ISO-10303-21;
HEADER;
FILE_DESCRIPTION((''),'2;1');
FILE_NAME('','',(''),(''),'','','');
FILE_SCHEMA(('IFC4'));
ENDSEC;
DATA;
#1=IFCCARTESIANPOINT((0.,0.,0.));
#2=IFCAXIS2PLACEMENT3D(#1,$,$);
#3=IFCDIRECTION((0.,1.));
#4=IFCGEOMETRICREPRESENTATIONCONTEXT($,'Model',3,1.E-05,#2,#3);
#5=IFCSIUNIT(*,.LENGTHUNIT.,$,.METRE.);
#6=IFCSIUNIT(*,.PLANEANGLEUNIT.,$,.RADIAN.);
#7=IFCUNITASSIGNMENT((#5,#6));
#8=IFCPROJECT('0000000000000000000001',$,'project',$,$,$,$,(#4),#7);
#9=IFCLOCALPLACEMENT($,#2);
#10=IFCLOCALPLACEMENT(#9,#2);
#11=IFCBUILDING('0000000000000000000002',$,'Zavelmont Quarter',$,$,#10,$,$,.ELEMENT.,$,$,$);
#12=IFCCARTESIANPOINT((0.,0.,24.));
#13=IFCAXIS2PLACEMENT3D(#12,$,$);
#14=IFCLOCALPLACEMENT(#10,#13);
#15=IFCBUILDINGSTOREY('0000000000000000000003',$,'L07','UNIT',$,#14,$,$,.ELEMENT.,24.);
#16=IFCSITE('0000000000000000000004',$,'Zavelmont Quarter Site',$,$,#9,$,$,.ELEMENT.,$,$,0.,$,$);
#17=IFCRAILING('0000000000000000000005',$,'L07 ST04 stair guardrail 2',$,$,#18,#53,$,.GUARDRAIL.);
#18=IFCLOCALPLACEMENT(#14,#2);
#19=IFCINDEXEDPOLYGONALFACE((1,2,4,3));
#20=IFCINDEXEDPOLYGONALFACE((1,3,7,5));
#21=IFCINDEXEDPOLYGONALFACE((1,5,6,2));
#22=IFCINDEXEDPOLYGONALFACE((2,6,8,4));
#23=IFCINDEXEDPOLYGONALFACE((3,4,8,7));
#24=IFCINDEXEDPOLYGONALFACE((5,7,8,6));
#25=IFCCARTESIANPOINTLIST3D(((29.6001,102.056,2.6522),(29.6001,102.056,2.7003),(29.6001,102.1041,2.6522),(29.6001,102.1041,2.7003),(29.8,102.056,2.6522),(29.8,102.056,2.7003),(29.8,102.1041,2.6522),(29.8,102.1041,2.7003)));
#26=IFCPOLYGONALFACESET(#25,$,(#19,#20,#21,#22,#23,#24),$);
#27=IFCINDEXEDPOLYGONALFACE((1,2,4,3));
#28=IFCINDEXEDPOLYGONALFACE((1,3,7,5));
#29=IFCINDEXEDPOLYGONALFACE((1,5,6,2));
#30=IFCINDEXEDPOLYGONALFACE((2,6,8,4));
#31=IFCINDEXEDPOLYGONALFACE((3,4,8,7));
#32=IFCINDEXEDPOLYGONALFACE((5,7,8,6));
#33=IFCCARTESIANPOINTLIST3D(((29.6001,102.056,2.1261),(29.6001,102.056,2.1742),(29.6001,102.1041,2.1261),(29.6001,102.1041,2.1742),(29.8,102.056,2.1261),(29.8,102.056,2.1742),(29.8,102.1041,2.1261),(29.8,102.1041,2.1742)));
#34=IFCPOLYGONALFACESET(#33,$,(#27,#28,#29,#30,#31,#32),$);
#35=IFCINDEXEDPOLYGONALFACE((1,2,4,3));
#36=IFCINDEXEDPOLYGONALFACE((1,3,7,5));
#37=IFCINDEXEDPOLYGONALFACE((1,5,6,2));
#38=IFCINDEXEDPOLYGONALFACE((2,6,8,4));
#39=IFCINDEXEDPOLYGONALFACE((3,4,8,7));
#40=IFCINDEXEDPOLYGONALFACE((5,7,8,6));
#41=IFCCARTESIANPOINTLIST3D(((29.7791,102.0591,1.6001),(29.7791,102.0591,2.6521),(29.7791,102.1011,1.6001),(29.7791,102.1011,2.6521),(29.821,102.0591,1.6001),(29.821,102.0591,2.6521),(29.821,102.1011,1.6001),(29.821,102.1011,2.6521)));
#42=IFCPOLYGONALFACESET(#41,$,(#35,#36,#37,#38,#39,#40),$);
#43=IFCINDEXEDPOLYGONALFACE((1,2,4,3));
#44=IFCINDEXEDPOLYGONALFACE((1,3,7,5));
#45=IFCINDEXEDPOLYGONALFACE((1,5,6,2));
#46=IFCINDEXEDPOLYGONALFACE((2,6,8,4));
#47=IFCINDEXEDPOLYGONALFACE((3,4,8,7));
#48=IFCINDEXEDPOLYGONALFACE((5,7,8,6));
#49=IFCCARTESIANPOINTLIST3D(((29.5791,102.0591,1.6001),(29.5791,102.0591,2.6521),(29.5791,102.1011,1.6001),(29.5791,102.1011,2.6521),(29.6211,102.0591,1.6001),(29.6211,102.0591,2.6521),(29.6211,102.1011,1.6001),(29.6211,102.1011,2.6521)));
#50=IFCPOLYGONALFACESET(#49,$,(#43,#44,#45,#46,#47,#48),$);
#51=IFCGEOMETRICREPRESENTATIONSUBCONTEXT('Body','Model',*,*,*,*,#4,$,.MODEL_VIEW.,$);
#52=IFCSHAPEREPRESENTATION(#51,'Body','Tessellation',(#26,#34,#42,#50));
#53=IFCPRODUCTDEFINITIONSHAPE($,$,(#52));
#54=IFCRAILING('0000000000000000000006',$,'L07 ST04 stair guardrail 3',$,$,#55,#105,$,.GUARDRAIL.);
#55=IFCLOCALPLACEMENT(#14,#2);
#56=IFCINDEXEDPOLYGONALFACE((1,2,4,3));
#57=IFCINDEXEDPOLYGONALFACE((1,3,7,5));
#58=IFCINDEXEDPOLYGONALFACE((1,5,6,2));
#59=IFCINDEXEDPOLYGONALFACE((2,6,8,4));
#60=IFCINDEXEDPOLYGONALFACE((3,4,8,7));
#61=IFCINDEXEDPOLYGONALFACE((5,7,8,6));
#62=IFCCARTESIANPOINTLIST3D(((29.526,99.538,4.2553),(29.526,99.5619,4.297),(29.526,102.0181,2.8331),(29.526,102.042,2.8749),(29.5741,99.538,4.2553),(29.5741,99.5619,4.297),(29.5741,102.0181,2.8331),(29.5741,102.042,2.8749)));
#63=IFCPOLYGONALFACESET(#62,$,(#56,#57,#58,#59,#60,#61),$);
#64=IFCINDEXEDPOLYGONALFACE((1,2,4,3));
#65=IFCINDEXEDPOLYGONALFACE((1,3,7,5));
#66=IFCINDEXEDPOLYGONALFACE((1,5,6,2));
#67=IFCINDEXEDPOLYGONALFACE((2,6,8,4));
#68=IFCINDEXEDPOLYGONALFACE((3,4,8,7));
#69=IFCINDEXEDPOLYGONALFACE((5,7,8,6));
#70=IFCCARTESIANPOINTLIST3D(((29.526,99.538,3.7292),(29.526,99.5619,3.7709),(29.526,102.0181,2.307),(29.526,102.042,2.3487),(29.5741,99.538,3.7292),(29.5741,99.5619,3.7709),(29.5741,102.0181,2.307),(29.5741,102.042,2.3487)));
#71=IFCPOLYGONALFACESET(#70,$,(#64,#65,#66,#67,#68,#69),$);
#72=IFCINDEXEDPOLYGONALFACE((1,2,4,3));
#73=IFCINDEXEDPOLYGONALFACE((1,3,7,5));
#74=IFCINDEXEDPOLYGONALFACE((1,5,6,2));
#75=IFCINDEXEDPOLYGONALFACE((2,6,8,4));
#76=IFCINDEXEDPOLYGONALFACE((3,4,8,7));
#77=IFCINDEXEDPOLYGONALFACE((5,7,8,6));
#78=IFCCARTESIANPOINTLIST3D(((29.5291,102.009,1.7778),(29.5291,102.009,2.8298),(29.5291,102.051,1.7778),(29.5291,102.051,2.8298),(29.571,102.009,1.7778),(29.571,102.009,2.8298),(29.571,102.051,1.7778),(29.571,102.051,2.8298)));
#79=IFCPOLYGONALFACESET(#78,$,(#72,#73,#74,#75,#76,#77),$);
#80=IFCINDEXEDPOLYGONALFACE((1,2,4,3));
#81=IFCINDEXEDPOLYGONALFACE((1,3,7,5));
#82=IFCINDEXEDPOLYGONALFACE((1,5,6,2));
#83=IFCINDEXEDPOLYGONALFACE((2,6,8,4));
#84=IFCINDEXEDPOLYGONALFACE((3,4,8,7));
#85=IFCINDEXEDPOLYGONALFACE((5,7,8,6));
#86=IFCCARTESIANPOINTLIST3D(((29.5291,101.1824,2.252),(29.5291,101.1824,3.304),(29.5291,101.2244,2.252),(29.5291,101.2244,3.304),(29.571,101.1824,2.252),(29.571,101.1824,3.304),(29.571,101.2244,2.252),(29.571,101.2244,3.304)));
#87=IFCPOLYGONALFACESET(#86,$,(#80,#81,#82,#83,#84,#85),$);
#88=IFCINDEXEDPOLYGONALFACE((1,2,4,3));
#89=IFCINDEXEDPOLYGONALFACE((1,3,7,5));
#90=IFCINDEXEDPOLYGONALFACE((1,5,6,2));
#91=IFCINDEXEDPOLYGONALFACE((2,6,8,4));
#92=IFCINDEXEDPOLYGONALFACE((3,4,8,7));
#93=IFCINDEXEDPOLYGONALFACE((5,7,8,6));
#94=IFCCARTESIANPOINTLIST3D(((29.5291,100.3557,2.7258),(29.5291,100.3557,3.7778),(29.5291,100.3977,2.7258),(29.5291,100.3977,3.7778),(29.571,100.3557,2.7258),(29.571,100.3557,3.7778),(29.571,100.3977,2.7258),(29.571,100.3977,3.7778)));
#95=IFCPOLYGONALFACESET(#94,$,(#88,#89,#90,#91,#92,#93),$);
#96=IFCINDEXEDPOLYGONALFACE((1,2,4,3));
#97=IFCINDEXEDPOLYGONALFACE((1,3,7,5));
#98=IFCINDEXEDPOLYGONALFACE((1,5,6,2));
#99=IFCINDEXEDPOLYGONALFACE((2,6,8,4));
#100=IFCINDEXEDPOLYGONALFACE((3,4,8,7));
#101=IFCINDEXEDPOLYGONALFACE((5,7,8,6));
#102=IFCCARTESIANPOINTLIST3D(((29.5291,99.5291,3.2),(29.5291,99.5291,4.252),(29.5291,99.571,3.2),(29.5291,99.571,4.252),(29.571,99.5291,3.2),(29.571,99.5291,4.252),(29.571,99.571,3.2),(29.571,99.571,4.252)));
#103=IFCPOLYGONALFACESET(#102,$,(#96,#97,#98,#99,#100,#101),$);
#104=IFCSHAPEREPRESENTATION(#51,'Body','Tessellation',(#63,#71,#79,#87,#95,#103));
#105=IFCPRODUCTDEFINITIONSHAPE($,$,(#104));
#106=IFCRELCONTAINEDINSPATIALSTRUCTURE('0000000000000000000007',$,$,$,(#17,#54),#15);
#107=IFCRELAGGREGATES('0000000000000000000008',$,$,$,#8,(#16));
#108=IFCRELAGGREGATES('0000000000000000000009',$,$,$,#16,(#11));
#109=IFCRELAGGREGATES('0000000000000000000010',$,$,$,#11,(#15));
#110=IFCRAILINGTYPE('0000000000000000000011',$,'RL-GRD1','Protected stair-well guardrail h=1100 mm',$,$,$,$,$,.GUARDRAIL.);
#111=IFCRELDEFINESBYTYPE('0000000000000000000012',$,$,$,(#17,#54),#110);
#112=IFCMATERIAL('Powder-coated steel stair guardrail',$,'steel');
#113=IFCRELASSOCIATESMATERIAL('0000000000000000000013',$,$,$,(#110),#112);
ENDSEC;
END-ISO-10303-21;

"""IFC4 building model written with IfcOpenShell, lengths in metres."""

from ifc_helpers import new_model, si_unit, direction, frame, origin, origin_2d, place, context, subcontext, project, spatial, rectangle, extrude, material, type_object, element, save


model = new_model("IFC4")

# Units and contexts
model_context = context("Model", 3, precision=1e-05, world=origin(), true_north=direction((0.0, 1.0)))
body_context = subcontext(model_context, "Body", "Model", "MODEL_VIEW")
ifc_project = project(units=[si_unit("LENGTHUNIT", "METRE"), si_unit("PLANEANGLEUNIT", "RADIAN")], contexts=[model_context])

# Site, building, storey
site_placement = place(None, origin())
site = spatial("IfcSite", under=ifc_project, at=site_placement, Name="Zavelmont Quarter Site", CompositionType="ELEMENT", RefElevation=0.0)
building_placement = place(site_placement, origin())
building = spatial("IfcBuilding", under=site, at=building_placement, Name="Zavelmont Quarter", CompositionType="ELEMENT")
storey_placement = place(building_placement, frame((0.0, 0.0, 24.0)))
storey = spatial("IfcBuildingStorey", under=building, at=storey_placement, Name="L07", Description="UNIT", CompositionType="ELEMENT", Elevation=24.0)

# Railings
ifc_material_1 = material(Name="Powder-coated steel stair guardrail", Category="steel")
railing_type = type_object("IfcRailingType", Name="RL-GRD1", Description="Protected stair-well guardrail h=1100 mm", PredefinedType="GUARDRAIL", material=ifc_material_1)
railing_1_placement = place(storey_placement, frame((29.8, 102.0801, 1.6001)))
element("IfcRailing", 1, at=railing_1_placement, inside=storey, type_object=railing_type, Name="L07 ST04 stair guardrail 2", PredefinedType="GUARDRAIL", context=body_context, shape_type="SweptSolid", body=[
    extrude(rectangle(XDim=0.0481, YDim=0.0481, at=origin_2d()), frame((0.0, 0.0, 1.0762), z_axis=(-1.0, 0.0, 0.0), x_axis=(0.0, -1.0, 0.0)), (0.0, 0.0, 1.0), 0.2),
    extrude(rectangle(XDim=0.0481, YDim=0.0481, at=origin_2d()), frame((0.0, 0.0, 0.55), z_axis=(-1.0, 0.0, 0.0), x_axis=(0.0, -1.0, 0.0)), (0.0, 0.0, 1.0), 0.2),
    extrude(rectangle(XDim=0.042, YDim=0.042, at=origin_2d()), origin(), (0.0, 0.0, 1.0), 1.052),
    extrude(rectangle(XDim=0.042, YDim=0.042, at=origin_2d()), frame((-0.2, 0.0, 0.0)), (0.0, 0.0, 1.0), 1.052),
])
railing_2_placement = place(storey_placement, frame((29.55, 102.03, 1.7778)))
element("IfcRailing", 2, at=railing_2_placement, inside=storey, type_object=railing_type, Name="L07 ST04 stair guardrail 3", PredefinedType="GUARDRAIL", context=body_context, shape_type="SweptSolid", body=[
    extrude(rectangle(XDim=0.0481, YDim=0.0481, at=origin_2d()), frame((0.0, 0.0, 1.0762), z_axis=(0.0, -0.867491, 0.497454), x_axis=(1.0, 0.0, 0.0)), (0.0, 0.0, 1.0), 2.8589),
    extrude(rectangle(XDim=0.0481, YDim=0.0481, at=origin_2d()), frame((0.0, 0.0, 0.55), z_axis=(0.0, -0.867491, 0.497454), x_axis=(1.0, 0.0, 0.0)), (0.0, 0.0, 1.0), 2.8589),
    extrude(rectangle(XDim=0.042, YDim=0.042, at=origin_2d()), origin(), (0.0, 0.0, 1.0), 1.052),
    extrude(rectangle(XDim=0.042, YDim=0.042, at=origin_2d()), frame((0.0, -0.8267, 0.4741)), (0.0, 0.0, 1.0), 1.052),
    extrude(rectangle(XDim=0.042, YDim=0.042, at=origin_2d()), frame((0.0, -1.6533, 0.948)), (0.0, 0.0, 1.0), 1.052),
    extrude(rectangle(XDim=0.042, YDim=0.042, at=origin_2d()), frame((0.0, -2.48, 1.4221)), (0.0, 0.0, 1.0), 1.052),
])

save(model, "model.ifc")
